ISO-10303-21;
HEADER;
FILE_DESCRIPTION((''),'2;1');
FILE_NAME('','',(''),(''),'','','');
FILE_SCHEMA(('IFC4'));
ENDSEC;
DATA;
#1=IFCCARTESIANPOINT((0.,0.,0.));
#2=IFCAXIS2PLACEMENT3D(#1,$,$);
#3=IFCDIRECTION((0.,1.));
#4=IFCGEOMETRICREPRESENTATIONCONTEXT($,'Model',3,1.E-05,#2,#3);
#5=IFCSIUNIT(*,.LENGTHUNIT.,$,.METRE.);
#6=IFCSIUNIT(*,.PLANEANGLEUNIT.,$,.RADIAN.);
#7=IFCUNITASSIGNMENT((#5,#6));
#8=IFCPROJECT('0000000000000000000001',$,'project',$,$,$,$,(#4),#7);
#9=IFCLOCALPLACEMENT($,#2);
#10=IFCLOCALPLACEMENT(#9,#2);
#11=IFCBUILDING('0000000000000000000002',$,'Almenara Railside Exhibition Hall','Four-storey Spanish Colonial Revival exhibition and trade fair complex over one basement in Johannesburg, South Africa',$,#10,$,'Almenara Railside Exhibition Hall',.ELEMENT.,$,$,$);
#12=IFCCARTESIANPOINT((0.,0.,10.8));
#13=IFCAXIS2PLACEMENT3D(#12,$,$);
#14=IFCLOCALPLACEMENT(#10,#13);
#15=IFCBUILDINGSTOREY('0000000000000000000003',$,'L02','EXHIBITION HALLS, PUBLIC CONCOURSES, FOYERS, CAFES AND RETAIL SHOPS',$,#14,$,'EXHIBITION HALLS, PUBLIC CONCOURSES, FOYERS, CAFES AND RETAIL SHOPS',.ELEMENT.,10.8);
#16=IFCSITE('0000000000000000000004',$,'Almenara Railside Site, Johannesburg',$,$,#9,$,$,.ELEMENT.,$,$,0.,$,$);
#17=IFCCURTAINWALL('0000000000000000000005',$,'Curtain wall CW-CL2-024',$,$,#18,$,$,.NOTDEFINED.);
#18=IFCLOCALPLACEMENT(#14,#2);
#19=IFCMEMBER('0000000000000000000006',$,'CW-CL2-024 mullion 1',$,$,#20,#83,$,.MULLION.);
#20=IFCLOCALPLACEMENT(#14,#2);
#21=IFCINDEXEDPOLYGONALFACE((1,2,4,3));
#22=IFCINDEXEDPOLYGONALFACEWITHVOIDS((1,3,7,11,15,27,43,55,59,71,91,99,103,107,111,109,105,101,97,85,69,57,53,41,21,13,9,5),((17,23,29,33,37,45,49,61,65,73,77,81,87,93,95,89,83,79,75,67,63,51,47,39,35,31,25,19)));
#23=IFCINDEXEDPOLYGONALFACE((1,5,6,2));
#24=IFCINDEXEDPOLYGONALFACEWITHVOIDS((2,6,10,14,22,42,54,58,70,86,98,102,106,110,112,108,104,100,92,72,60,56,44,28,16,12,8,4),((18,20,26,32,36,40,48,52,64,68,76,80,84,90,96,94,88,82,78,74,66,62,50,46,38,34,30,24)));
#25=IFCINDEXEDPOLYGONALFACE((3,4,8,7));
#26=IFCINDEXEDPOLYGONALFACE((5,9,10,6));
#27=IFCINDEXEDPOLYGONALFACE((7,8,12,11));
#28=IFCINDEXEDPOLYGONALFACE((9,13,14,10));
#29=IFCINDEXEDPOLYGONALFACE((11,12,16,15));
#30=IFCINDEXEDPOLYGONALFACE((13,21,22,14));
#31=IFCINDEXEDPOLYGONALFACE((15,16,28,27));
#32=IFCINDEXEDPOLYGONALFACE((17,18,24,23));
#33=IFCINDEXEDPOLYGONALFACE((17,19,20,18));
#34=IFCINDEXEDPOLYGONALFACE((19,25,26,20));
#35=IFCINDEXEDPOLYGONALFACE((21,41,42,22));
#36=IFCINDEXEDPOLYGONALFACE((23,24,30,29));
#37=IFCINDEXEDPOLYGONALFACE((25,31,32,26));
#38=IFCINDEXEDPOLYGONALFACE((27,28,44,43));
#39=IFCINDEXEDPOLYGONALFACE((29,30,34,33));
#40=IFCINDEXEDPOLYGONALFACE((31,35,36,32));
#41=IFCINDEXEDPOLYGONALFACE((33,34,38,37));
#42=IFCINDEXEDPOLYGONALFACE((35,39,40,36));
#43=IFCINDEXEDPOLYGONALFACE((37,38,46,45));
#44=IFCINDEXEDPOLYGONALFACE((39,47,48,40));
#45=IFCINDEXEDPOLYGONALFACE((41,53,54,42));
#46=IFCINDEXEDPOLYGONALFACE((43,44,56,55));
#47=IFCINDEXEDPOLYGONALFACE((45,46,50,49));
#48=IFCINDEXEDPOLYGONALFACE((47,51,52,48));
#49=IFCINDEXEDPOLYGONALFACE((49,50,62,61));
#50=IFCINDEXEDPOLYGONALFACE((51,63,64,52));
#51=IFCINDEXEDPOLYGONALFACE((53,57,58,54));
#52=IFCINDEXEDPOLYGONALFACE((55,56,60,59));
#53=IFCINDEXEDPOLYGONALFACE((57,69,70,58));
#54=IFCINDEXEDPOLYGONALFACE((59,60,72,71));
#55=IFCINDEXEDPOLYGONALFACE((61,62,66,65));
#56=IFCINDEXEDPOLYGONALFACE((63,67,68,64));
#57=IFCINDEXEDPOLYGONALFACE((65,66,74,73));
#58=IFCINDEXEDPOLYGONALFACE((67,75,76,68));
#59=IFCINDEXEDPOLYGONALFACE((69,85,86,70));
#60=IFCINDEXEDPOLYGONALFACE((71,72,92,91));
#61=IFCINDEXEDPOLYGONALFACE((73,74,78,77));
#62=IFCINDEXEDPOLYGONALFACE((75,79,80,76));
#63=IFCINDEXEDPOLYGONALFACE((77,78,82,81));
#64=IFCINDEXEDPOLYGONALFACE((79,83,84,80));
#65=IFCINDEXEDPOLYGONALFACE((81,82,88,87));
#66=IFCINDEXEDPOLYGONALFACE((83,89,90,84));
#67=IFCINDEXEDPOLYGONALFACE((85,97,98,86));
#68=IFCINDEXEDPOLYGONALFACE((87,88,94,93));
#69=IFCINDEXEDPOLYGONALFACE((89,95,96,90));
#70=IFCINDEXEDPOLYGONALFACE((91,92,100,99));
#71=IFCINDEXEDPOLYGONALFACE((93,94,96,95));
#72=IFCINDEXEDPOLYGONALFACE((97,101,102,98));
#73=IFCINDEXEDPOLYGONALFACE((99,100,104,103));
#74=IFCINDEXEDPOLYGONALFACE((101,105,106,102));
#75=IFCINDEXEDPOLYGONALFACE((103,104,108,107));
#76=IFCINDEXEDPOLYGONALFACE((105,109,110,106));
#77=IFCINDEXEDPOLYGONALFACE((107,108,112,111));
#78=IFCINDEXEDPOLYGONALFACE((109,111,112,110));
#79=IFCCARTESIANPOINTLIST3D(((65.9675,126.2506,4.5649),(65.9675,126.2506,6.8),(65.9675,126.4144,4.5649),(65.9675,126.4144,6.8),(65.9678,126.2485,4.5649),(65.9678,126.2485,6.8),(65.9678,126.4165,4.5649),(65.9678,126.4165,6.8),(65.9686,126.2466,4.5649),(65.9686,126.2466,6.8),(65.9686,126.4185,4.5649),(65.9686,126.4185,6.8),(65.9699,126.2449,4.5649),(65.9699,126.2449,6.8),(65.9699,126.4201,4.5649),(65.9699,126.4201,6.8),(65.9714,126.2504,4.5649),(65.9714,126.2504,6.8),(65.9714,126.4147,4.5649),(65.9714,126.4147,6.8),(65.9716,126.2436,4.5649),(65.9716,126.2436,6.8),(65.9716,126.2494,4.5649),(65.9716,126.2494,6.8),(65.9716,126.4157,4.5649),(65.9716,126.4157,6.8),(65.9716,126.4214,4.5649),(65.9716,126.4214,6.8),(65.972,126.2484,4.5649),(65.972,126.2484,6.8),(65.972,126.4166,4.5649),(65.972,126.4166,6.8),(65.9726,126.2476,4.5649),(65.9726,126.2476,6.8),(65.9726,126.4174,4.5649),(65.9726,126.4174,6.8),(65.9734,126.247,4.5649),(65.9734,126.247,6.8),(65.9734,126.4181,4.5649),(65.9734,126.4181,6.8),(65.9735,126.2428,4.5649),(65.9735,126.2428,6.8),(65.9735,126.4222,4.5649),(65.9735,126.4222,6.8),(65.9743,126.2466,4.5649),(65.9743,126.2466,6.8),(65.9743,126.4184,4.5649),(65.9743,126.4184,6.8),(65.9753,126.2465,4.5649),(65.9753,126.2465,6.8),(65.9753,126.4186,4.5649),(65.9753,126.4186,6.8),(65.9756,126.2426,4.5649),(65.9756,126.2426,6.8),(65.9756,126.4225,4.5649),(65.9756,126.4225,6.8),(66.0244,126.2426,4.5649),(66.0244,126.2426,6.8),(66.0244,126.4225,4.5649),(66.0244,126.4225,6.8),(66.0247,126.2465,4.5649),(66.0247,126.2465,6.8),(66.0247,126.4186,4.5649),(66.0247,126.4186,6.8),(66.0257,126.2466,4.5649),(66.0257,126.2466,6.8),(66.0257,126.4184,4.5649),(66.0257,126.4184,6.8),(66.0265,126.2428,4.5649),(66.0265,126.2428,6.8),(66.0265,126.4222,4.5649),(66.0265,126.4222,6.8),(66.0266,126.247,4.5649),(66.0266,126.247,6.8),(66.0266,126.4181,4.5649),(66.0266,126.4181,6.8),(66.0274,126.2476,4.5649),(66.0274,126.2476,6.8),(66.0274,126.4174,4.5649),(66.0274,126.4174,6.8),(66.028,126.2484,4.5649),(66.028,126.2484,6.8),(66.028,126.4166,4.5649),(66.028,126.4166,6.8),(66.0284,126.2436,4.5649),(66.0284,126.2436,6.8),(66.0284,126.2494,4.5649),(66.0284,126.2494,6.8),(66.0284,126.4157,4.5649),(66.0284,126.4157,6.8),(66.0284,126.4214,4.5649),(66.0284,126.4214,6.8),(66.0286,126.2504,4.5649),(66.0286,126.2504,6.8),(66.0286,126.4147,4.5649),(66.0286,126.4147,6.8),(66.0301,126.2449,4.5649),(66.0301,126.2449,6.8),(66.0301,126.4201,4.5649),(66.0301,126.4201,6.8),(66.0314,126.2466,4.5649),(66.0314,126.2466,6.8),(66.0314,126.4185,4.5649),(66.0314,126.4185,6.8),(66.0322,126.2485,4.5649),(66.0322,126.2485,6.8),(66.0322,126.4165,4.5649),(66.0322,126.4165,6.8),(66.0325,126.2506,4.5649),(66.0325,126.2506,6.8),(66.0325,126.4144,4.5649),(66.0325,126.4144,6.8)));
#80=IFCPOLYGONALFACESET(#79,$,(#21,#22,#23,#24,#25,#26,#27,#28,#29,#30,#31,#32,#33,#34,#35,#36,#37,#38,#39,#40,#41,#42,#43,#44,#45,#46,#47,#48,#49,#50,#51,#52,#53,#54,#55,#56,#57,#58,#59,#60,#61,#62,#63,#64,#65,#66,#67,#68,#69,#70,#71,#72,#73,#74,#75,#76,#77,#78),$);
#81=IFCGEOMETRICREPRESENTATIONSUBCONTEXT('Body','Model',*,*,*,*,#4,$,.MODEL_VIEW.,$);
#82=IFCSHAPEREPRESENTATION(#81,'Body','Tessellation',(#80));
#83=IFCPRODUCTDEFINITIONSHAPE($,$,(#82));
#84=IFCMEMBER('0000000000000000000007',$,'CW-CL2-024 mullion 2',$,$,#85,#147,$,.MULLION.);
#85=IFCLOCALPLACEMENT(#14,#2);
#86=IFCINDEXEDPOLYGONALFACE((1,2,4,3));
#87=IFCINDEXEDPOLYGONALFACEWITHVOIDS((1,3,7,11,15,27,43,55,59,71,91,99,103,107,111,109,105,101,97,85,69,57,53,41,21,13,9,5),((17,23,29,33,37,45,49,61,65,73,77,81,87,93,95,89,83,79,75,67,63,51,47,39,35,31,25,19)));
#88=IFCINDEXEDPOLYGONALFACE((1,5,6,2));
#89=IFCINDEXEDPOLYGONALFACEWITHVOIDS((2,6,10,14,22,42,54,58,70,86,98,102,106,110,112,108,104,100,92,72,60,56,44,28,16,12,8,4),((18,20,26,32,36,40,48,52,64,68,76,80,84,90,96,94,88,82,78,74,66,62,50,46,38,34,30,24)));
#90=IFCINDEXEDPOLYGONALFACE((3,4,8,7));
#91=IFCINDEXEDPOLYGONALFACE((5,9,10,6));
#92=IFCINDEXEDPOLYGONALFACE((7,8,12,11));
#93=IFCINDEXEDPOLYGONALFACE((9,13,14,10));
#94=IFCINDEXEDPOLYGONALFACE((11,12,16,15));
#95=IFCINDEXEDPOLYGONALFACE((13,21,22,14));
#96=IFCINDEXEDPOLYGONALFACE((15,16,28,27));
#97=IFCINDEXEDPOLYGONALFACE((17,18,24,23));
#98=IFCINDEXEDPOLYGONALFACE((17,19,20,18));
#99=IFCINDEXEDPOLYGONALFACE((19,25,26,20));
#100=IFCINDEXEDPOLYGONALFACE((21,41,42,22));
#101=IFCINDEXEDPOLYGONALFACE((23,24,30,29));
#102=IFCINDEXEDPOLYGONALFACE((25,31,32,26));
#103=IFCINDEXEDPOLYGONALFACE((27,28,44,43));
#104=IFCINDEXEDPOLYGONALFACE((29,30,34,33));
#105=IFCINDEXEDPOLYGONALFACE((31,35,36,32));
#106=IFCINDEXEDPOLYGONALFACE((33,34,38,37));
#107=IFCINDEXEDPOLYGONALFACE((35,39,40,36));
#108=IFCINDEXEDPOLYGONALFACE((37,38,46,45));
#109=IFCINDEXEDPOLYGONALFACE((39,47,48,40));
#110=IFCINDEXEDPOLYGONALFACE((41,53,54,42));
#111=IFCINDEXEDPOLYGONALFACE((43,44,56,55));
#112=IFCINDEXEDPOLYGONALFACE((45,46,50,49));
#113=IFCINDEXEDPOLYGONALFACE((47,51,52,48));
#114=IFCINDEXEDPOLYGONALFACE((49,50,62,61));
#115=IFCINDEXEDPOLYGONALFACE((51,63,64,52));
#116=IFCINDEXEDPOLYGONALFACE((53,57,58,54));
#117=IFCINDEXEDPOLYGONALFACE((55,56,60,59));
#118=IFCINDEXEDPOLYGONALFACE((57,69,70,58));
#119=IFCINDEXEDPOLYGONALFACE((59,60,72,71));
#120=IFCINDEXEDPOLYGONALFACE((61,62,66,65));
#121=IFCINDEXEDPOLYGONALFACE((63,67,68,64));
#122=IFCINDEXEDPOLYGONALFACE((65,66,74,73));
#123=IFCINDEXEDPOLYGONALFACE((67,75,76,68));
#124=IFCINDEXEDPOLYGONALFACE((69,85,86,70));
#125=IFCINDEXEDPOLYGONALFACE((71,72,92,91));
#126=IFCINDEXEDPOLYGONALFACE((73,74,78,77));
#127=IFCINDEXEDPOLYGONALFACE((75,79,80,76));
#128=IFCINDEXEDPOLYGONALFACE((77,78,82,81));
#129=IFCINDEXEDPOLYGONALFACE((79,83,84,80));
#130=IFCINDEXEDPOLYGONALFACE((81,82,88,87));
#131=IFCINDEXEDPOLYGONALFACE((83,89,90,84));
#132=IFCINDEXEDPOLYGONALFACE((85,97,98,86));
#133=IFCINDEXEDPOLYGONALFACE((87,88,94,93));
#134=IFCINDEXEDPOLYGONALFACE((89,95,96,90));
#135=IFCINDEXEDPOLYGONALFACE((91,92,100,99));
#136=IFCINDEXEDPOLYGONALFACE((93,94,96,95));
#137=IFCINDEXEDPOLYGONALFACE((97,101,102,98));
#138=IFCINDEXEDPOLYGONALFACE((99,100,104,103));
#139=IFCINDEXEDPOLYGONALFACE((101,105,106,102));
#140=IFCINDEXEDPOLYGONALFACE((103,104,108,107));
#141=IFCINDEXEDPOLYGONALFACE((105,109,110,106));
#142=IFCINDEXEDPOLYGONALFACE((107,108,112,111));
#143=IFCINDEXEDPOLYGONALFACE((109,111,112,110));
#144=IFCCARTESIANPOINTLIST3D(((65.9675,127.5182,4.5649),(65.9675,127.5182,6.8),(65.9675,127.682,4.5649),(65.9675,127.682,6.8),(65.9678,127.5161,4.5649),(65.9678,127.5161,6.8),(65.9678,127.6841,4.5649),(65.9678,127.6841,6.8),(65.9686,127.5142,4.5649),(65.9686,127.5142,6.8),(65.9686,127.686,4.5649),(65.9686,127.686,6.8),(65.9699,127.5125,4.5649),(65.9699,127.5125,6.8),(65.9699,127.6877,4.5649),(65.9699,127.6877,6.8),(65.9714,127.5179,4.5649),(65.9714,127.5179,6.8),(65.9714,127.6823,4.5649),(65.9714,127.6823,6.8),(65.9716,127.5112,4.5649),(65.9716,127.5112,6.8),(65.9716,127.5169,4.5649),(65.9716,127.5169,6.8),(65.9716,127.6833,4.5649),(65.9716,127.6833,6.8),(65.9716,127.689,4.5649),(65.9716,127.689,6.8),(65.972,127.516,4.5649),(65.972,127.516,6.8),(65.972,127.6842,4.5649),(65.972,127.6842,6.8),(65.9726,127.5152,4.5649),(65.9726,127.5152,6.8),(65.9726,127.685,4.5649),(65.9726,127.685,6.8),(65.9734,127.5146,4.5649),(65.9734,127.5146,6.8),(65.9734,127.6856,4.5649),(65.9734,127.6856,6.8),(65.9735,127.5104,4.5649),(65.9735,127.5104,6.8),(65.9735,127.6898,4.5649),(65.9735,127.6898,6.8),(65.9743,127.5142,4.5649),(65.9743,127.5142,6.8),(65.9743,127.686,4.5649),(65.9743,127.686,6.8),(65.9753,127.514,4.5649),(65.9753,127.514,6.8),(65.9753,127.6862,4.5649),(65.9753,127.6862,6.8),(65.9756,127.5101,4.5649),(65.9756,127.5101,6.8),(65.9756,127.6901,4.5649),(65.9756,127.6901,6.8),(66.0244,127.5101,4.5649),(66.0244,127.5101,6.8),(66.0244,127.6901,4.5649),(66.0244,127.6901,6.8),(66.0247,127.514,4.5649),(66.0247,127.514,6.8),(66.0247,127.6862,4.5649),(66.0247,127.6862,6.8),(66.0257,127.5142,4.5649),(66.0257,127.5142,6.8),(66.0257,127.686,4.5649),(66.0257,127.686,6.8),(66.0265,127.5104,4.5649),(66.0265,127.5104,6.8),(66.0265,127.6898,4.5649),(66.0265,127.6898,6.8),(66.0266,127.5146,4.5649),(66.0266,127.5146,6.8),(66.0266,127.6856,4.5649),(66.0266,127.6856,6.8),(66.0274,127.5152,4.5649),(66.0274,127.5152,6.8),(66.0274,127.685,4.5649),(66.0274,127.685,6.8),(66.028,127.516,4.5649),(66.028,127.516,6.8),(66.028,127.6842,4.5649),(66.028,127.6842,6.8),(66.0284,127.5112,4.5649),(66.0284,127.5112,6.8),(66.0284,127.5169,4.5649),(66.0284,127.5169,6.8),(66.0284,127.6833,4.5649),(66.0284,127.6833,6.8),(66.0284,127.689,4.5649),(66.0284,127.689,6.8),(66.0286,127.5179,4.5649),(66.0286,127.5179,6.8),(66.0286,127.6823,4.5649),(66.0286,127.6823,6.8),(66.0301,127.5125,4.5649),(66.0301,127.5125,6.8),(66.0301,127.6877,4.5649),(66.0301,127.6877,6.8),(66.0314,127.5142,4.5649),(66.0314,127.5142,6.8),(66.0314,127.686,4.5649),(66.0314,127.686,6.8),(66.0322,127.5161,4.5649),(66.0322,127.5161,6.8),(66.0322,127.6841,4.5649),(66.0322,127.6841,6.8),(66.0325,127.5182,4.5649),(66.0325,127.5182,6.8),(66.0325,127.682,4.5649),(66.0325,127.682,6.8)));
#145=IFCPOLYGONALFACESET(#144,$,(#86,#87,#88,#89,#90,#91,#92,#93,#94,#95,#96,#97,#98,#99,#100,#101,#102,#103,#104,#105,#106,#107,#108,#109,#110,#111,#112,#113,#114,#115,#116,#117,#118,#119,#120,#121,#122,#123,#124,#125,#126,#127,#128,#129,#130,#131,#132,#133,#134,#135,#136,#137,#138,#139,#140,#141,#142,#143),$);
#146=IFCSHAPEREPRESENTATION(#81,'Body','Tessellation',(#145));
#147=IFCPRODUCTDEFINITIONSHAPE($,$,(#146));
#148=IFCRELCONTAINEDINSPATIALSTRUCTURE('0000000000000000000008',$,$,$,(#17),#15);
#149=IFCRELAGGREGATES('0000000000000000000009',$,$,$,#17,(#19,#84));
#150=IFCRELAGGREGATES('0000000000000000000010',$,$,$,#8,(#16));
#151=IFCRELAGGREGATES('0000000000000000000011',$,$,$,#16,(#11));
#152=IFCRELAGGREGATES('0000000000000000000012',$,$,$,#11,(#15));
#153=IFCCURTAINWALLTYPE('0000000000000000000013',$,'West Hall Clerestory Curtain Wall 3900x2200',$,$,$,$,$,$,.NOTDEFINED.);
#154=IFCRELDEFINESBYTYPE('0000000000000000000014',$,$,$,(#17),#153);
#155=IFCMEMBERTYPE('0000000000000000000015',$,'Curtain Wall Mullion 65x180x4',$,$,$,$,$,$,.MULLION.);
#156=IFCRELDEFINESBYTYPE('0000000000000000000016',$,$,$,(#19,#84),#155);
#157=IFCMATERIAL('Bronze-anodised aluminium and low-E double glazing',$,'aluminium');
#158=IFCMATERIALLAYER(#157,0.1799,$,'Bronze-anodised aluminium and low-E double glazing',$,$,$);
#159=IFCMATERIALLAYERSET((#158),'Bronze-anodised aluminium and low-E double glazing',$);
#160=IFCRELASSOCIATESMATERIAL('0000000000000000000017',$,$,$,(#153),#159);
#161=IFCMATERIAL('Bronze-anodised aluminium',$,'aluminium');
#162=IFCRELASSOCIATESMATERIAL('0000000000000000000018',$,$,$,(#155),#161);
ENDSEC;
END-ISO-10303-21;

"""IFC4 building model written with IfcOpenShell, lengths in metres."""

from ifc_helpers import new_model, si_unit, direction, frame, origin, origin_2d, place, context, subcontext, project, spatial, hollow_rectangle, extrude, material, layer, layer_set, material_profile, profile_set, type_object, element, aggregate, save


model = new_model("IFC4")

# Units and contexts
model_context = context("Model", 3, precision=1e-05, world=origin(), true_north=direction((0.0, 1.0)))
body_context = subcontext(model_context, "Body", "Model", "MODEL_VIEW")
ifc_project = project(units=[si_unit("LENGTHUNIT", "METRE"), si_unit("PLANEANGLEUNIT", "RADIAN")], contexts=[model_context])

# Site, building, storey
site_placement = place(None, origin())
site = spatial("IfcSite", under=ifc_project, at=site_placement, Name="Almenara Railside Site, Johannesburg", CompositionType="ELEMENT", RefElevation=0.0)
building_placement = place(site_placement, origin())
building = spatial("IfcBuilding", under=site, at=building_placement, Name="Almenara Railside Exhibition Hall", Description="Four-storey Spanish Colonial Revival exhibition and trade fair complex over one basement in Johannesburg, South Africa", LongName="Almenara Railside Exhibition Hall", CompositionType="ELEMENT")
storey_placement = place(building_placement, frame((0.0, 0.0, 10.8)))
storey = spatial("IfcBuildingStorey", under=building, at=storey_placement, Name="L02", Description="EXHIBITION HALLS, PUBLIC CONCOURSES, FOYERS, CAFES AND RETAIL SHOPS", LongName="EXHIBITION HALLS, PUBLIC CONCOURSES, FOYERS, CAFES AND RETAIL SHOPS", CompositionType="ELEMENT", Elevation=10.8)

# Curtain wall, members
ifc_material_1 = material(Name="Bronze-anodised aluminium and low-E double glazing", Category="aluminium")
ifc_layer_1 = layer(ifc_material_1, 0.1799, Name="Bronze-anodised aluminium and low-E double glazing")
ifc_layer_set_1 = layer_set([ifc_layer_1], Name="Bronze-anodised aluminium and low-E double glazing")
curtain_wall_type = type_object("IfcCurtainWallType", Name="West Hall Clerestory Curtain Wall 3900x2200", PredefinedType="NOTDEFINED", material=ifc_layer_set_1)
curtain_wall_1_placement = place(storey_placement, origin())
curtain_wall_1 = element("IfcCurtainWall", 1, at=curtain_wall_1_placement, inside=storey, type_object=curtain_wall_type, Name="Curtain wall CW-CL2-024", PredefinedType="NOTDEFINED")
ifc_material_2 = material(Name="Bronze-anodised aluminium", Category="aluminium")
ifc_material_profile_1 = material_profile(ifc_material_2, hollow_rectangle(XDim=0.0649, YDim=0.1799, WallThickness=0.0039, InnerFilletRadius=0.0039, OuterFilletRadius=0.0081, at=origin_2d()), Name="ALU-MUL 65x180x4")
ifc_profile_set_1 = profile_set([ifc_material_profile_1], Name="Bronze-anodised aluminium")
member_type_1 = type_object("IfcMemberType", Name="Curtain Wall Mullion 65x180x4", PredefinedType="MULLION", material=ifc_profile_set_1)
member_1_placement = place(storey_placement, frame((66.0, 126.3325, 4.5649), z_axis=(0.0, 0.0, 1.0), x_axis=(-1.0, 0.0, 0.0)))
member_1 = element("IfcMember", 2, at=member_1_placement, type_object=member_type_1, Name="CW-CL2-024 mullion 1", PredefinedType="MULLION", context=body_context, shape_type="SweptSolid", body=[
    extrude(hollow_rectangle(XDim=0.0649, YDim=0.1799, WallThickness=0.0039, InnerFilletRadius=0.0039, OuterFilletRadius=0.0081, at=origin_2d()), origin(), (0.0, 0.0, 1.0), 2.2351),
])
member_2_placement = place(storey_placement, frame((66.0, 127.6001, 4.5649), z_axis=(0.0, 0.0, 1.0), x_axis=(-1.0, 0.0, 0.0)))
member_2 = element("IfcMember", 3, at=member_2_placement, type_object=member_type_1, Name="CW-CL2-024 mullion 2", PredefinedType="MULLION", context=body_context, shape_type="SweptSolid", body=[
    extrude(hollow_rectangle(XDim=0.0649, YDim=0.1799, WallThickness=0.0039, InnerFilletRadius=0.0039, OuterFilletRadius=0.0081, at=origin_2d()), origin(), (0.0, 0.0, 1.0), 2.2351),
])

aggregate(curtain_wall_1, [member_1, member_2])

save(model, "model.ifc")
